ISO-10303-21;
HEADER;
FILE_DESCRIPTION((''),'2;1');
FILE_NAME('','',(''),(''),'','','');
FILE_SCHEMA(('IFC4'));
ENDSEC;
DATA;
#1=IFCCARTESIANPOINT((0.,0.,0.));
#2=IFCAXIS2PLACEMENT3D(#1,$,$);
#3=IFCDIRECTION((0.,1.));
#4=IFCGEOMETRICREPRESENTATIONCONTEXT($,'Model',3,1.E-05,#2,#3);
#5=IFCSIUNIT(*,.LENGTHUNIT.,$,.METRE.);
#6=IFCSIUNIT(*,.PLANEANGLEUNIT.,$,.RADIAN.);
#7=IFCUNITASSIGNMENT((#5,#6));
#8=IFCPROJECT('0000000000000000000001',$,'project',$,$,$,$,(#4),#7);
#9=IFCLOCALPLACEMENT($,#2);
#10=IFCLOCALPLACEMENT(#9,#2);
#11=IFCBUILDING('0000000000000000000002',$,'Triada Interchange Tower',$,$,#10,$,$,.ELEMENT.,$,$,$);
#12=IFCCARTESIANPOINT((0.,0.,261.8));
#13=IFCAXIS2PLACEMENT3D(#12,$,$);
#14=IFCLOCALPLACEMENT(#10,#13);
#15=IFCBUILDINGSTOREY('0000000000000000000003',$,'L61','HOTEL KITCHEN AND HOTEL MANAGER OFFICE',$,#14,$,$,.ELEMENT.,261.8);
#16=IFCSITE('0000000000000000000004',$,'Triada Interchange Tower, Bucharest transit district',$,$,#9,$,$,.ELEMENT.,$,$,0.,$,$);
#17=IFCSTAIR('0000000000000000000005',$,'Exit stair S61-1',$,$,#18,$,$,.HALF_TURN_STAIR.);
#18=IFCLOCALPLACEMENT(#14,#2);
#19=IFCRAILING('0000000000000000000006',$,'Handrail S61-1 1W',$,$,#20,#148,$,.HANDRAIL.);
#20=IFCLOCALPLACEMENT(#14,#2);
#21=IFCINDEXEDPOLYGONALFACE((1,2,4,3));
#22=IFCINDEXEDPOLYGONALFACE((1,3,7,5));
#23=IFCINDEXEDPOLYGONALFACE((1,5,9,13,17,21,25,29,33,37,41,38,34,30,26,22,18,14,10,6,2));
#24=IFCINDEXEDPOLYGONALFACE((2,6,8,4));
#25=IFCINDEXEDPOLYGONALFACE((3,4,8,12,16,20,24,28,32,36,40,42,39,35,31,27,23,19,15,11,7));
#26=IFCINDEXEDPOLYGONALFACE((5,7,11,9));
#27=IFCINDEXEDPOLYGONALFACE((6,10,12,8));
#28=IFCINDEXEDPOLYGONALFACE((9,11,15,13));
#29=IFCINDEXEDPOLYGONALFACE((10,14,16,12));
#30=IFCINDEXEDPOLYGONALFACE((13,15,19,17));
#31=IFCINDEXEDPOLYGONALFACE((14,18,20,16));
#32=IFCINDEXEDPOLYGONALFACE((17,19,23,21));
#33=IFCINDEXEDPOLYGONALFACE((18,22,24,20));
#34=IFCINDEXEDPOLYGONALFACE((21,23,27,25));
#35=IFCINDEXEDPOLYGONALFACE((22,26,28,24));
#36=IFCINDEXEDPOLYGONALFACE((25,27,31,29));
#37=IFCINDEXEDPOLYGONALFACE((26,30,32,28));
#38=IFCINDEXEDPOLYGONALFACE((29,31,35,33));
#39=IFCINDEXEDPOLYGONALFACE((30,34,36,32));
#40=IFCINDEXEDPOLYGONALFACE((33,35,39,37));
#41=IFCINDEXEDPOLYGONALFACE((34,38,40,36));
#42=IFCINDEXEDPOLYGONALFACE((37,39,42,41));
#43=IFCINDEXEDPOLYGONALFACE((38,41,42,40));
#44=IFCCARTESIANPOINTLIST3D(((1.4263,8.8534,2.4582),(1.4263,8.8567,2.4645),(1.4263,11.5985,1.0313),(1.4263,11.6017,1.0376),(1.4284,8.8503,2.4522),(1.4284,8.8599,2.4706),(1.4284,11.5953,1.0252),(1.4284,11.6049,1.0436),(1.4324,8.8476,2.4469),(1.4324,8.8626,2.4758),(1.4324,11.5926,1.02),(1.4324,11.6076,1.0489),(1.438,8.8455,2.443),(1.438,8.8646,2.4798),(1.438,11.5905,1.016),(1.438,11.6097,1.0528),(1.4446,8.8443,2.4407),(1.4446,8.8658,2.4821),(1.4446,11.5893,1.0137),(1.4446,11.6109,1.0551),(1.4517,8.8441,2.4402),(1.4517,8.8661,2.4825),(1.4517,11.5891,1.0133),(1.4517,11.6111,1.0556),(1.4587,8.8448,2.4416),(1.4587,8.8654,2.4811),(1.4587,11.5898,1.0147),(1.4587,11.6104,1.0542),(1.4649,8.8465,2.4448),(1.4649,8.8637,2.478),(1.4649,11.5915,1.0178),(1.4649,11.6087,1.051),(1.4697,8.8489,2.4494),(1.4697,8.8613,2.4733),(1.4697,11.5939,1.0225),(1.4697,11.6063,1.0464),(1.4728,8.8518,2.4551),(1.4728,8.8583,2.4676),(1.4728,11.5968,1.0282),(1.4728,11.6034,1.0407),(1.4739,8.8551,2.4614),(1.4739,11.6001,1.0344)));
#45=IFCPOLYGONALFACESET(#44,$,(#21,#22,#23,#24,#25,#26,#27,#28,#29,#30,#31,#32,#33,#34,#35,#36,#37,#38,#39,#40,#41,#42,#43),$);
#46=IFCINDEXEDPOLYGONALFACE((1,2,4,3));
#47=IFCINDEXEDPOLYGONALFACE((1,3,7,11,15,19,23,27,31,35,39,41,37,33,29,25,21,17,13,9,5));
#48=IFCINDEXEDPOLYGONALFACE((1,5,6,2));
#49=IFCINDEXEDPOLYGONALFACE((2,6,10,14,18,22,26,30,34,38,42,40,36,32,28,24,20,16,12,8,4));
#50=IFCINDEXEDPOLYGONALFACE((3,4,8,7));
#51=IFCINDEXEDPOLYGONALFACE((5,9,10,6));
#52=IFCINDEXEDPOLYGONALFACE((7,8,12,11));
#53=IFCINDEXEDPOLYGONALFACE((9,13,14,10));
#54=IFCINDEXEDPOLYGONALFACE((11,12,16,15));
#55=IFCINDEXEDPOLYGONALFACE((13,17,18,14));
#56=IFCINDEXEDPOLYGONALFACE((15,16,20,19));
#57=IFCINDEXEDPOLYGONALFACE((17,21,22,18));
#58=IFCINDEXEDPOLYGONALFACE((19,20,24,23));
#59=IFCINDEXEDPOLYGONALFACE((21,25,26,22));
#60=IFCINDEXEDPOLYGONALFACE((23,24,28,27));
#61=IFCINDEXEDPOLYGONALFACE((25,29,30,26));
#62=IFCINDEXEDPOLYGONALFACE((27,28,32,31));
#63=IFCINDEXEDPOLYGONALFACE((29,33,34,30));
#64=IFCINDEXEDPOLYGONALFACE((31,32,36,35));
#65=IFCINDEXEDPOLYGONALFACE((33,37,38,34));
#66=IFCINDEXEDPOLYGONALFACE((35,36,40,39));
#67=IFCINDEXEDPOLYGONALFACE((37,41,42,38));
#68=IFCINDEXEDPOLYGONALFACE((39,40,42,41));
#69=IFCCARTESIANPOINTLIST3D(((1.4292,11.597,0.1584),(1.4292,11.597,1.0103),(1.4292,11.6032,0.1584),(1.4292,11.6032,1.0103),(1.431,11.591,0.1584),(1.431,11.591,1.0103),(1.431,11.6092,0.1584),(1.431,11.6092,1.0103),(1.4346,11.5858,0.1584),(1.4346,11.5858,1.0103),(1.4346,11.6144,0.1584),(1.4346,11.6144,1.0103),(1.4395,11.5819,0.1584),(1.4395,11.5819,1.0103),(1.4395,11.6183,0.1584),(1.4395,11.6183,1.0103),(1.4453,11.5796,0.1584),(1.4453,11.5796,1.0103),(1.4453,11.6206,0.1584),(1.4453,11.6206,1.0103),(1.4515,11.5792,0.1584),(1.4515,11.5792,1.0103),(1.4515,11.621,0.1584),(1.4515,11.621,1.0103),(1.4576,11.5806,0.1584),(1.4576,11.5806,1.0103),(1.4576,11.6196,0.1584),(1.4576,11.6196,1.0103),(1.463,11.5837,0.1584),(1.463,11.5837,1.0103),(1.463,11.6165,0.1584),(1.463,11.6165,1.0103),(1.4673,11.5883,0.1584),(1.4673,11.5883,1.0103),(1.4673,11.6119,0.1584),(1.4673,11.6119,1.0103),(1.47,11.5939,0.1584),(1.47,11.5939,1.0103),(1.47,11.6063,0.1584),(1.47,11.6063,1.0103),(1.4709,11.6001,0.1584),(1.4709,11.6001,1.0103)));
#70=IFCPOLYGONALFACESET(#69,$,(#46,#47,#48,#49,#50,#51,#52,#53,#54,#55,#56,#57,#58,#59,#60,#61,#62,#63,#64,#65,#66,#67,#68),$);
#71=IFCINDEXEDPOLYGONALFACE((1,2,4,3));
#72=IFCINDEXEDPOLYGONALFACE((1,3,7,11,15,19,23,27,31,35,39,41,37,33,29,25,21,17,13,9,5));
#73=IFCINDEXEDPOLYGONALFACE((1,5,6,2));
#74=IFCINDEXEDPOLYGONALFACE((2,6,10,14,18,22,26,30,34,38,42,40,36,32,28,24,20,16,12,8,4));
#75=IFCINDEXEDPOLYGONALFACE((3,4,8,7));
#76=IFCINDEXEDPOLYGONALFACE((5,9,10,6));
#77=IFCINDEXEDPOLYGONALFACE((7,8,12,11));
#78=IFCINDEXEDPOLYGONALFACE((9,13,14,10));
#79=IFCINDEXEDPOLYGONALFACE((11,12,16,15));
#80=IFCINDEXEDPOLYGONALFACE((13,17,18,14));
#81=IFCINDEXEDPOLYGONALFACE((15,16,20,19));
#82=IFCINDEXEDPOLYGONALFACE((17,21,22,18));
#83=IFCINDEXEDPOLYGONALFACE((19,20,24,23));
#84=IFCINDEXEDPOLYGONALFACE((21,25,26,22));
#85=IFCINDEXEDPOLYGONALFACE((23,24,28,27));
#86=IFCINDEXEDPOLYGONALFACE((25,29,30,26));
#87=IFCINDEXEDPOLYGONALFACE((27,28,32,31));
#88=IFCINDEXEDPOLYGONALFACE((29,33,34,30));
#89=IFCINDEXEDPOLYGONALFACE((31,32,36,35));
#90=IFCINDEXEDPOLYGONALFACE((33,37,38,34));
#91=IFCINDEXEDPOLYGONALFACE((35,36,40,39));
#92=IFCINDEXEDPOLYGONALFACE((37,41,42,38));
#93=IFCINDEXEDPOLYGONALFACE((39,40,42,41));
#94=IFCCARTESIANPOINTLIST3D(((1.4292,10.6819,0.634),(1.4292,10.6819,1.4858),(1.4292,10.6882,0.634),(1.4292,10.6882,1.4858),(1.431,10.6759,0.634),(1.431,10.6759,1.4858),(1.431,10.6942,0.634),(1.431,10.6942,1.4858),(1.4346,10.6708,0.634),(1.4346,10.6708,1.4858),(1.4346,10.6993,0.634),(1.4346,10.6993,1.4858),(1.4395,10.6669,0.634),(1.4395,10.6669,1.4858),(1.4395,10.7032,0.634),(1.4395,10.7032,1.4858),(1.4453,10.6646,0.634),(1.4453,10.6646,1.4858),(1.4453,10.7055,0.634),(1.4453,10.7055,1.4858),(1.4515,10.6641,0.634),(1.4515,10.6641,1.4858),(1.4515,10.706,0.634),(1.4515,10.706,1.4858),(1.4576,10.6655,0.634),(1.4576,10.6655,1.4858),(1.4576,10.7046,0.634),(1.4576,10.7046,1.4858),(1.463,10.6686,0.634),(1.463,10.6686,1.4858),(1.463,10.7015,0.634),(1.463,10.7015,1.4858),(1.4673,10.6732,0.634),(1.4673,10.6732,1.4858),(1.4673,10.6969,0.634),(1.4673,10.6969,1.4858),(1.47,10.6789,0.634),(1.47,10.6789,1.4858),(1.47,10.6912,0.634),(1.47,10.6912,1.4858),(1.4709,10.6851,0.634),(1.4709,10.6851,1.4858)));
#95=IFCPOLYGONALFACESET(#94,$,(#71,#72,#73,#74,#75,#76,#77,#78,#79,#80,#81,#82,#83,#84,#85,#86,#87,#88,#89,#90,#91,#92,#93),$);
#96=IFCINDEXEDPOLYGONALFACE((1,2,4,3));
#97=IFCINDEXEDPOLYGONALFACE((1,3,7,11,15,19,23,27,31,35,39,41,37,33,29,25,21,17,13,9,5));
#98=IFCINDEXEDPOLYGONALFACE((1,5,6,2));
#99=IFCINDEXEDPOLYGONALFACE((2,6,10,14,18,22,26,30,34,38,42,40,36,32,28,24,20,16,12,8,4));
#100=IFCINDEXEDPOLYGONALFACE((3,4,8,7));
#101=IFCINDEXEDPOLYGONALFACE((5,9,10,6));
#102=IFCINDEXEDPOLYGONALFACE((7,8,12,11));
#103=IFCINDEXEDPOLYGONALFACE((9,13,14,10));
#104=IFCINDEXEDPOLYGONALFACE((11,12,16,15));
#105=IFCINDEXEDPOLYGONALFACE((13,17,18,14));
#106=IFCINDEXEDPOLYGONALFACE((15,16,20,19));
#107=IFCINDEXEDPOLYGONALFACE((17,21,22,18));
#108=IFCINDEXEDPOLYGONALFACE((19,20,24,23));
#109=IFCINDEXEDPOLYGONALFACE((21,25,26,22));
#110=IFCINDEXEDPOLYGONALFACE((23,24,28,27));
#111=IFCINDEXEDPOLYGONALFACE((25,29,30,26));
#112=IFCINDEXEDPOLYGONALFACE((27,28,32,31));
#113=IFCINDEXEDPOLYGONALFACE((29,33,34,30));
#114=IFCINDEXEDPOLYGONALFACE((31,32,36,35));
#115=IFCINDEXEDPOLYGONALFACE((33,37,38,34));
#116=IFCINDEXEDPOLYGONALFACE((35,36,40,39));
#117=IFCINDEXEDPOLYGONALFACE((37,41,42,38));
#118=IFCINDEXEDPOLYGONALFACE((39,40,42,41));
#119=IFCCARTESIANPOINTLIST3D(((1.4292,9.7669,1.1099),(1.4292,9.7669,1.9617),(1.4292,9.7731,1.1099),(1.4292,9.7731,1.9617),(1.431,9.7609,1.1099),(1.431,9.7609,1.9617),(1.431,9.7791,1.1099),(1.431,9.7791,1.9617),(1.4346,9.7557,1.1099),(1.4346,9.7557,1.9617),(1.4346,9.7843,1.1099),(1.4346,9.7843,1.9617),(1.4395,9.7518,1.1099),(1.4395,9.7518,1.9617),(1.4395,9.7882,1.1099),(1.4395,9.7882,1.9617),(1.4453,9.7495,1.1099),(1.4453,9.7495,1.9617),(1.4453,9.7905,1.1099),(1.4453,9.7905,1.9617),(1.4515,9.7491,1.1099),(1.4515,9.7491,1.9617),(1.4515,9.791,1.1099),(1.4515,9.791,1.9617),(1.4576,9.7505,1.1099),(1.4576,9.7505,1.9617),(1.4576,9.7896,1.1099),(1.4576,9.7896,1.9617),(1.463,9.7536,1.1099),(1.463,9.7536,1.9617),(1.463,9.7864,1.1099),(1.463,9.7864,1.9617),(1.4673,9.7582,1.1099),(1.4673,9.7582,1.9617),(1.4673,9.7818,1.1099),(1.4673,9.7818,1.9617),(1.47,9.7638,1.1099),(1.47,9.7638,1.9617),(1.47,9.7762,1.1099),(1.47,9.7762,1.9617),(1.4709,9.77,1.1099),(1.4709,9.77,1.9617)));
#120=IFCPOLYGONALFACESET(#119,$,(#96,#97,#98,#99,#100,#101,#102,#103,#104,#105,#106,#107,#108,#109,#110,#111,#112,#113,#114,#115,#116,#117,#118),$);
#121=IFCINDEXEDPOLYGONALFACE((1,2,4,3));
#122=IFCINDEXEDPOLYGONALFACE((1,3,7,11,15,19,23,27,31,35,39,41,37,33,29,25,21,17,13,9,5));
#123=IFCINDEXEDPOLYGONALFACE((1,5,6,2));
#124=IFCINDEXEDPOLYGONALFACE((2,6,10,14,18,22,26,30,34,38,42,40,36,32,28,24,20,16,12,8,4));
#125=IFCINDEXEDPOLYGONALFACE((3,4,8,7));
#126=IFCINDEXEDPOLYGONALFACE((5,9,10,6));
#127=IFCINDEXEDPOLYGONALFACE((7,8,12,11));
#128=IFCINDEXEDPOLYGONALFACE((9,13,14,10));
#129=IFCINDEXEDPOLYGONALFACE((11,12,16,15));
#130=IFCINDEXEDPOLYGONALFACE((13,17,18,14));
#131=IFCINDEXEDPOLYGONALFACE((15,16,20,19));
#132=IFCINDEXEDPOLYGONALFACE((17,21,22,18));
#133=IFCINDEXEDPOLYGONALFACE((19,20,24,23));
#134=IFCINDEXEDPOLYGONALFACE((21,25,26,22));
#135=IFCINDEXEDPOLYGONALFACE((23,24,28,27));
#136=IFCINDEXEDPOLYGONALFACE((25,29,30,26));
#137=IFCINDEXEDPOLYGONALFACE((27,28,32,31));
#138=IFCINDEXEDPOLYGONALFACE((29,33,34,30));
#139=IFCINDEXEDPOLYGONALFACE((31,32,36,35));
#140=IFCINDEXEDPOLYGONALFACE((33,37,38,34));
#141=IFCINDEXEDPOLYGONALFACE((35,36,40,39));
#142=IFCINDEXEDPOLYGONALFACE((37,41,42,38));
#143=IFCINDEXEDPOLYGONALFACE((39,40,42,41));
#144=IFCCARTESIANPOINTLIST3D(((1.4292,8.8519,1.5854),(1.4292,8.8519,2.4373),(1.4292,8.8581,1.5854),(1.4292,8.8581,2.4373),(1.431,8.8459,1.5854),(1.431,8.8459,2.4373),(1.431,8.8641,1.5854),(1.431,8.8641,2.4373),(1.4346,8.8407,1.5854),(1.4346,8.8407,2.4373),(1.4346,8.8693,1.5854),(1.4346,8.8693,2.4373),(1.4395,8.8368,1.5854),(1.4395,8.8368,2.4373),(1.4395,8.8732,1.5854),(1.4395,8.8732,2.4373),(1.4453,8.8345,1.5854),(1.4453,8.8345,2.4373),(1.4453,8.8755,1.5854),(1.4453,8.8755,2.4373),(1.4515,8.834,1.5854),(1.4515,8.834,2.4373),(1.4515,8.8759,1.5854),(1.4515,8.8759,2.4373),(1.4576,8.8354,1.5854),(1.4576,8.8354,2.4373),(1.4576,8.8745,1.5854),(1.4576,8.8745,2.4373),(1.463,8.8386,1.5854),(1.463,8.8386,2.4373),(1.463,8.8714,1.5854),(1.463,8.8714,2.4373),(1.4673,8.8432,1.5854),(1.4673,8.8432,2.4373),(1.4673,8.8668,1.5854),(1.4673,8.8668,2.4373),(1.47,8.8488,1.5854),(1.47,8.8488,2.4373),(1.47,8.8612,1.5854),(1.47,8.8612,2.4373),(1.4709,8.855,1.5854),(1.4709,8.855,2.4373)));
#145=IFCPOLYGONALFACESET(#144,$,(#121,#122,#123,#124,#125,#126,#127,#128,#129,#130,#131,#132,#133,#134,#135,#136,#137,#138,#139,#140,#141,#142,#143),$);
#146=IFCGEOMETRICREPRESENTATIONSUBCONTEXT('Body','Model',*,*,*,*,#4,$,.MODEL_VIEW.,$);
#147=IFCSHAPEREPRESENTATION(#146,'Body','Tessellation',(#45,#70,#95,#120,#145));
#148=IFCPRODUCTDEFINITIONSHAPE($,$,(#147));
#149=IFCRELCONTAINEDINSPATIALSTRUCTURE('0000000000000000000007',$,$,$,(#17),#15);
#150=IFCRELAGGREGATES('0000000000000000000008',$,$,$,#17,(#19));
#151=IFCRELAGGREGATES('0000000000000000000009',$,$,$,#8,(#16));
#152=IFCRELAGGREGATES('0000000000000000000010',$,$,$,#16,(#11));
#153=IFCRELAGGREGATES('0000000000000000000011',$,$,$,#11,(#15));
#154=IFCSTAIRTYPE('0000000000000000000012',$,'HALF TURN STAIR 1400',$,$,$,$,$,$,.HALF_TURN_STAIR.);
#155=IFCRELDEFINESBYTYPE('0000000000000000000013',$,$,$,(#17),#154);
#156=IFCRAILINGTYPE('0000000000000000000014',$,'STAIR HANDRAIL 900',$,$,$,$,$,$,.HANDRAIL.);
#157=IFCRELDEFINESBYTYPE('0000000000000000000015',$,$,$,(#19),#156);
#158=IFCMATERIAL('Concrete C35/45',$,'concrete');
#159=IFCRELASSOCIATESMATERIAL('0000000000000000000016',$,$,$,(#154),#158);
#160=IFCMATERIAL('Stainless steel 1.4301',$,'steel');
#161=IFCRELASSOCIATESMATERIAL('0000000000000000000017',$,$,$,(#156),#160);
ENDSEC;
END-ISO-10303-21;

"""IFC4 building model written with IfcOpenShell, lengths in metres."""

from ifc_helpers import new_model, si_unit, direction, frame, origin, origin_2d, place, context, subcontext, project, spatial, circle, extrude, material, type_object, element, aggregate, save


model = new_model("IFC4")

# Units and contexts
model_context = context("Model", 3, precision=1e-05, world=origin(), true_north=direction((0.0, 1.0)))
body_context = subcontext(model_context, "Body", "Model", "MODEL_VIEW")
ifc_project = project(units=[si_unit("LENGTHUNIT", "METRE"), si_unit("PLANEANGLEUNIT", "RADIAN")], contexts=[model_context])

# Site, building, storey
site_placement = place(None, origin())
site = spatial("IfcSite", under=ifc_project, at=site_placement, Name="Triada Interchange Tower, Bucharest transit district", CompositionType="ELEMENT", RefElevation=0.0)
building_placement = place(site_placement, origin())
building = spatial("IfcBuilding", under=site, at=building_placement, Name="Triada Interchange Tower", CompositionType="ELEMENT")
storey_placement = place(building_placement, frame((0.0, 0.0, 261.8)))
storey = spatial("IfcBuildingStorey", under=building, at=storey_placement, Name="L61", Description="HOTEL KITCHEN AND HOTEL MANAGER OFFICE", CompositionType="ELEMENT", Elevation=261.8)

# Shared definitions
ifc_material_1 = material(Name="Concrete C35/45", Category="concrete")

# Stair
stair_type = type_object("IfcStairType", Name="HALF TURN STAIR 1400", PredefinedType="HALF_TURN_STAIR", material=ifc_material_1)
stair_placement = place(storey_placement, origin())
stair = element("IfcStair", 1, at=stair_placement, inside=storey, type_object=stair_type, Name="Exit stair S61-1", PredefinedType="HALF_TURN_STAIR")

# Railing
ifc_material_2 = material(Name="Stainless steel 1.4301", Category="steel")
railing_type_1 = type_object("IfcRailingType", Name="STAIR HANDRAIL 900", PredefinedType="HANDRAIL", material=ifc_material_2)
railing_1_placement = place(storey_placement, frame((1.45, 11.6001, 0.1584)))
railing_1 = element("IfcRailing", 2, at=railing_1_placement, type_object=railing_type_1, Name="Handrail S61-1 1W", PredefinedType="HANDRAIL", context=body_context, shape_type="SweptSolid", body=[
    extrude(circle(Radius=0.0239, at=origin_2d()), frame((0.0, 0.0, 0.876), z_axis=(0.0, -0.887278, 0.461236), x_axis=(1.0, 0.0, 0.0)), (0.0, 0.0, 1.0), 3.0938),
    extrude(circle(Radius=0.021, at=origin_2d()), origin(), (0.0, 0.0, 1.0), 0.8518),
    extrude(circle(Radius=0.021, at=origin_2d()), frame((0.0, -0.915, 0.4756)), (0.0, 0.0, 1.0), 0.8518),
    extrude(circle(Radius=0.021, at=origin_2d()), frame((0.0, -1.8301, 0.9514)), (0.0, 0.0, 1.0), 0.8518),
    extrude(circle(Radius=0.021, at=origin_2d()), frame((0.0, -2.7451, 1.427)), (0.0, 0.0, 1.0), 0.8518),
])
aggregate(stair, [railing_1])

save(model, "model.ifc")
